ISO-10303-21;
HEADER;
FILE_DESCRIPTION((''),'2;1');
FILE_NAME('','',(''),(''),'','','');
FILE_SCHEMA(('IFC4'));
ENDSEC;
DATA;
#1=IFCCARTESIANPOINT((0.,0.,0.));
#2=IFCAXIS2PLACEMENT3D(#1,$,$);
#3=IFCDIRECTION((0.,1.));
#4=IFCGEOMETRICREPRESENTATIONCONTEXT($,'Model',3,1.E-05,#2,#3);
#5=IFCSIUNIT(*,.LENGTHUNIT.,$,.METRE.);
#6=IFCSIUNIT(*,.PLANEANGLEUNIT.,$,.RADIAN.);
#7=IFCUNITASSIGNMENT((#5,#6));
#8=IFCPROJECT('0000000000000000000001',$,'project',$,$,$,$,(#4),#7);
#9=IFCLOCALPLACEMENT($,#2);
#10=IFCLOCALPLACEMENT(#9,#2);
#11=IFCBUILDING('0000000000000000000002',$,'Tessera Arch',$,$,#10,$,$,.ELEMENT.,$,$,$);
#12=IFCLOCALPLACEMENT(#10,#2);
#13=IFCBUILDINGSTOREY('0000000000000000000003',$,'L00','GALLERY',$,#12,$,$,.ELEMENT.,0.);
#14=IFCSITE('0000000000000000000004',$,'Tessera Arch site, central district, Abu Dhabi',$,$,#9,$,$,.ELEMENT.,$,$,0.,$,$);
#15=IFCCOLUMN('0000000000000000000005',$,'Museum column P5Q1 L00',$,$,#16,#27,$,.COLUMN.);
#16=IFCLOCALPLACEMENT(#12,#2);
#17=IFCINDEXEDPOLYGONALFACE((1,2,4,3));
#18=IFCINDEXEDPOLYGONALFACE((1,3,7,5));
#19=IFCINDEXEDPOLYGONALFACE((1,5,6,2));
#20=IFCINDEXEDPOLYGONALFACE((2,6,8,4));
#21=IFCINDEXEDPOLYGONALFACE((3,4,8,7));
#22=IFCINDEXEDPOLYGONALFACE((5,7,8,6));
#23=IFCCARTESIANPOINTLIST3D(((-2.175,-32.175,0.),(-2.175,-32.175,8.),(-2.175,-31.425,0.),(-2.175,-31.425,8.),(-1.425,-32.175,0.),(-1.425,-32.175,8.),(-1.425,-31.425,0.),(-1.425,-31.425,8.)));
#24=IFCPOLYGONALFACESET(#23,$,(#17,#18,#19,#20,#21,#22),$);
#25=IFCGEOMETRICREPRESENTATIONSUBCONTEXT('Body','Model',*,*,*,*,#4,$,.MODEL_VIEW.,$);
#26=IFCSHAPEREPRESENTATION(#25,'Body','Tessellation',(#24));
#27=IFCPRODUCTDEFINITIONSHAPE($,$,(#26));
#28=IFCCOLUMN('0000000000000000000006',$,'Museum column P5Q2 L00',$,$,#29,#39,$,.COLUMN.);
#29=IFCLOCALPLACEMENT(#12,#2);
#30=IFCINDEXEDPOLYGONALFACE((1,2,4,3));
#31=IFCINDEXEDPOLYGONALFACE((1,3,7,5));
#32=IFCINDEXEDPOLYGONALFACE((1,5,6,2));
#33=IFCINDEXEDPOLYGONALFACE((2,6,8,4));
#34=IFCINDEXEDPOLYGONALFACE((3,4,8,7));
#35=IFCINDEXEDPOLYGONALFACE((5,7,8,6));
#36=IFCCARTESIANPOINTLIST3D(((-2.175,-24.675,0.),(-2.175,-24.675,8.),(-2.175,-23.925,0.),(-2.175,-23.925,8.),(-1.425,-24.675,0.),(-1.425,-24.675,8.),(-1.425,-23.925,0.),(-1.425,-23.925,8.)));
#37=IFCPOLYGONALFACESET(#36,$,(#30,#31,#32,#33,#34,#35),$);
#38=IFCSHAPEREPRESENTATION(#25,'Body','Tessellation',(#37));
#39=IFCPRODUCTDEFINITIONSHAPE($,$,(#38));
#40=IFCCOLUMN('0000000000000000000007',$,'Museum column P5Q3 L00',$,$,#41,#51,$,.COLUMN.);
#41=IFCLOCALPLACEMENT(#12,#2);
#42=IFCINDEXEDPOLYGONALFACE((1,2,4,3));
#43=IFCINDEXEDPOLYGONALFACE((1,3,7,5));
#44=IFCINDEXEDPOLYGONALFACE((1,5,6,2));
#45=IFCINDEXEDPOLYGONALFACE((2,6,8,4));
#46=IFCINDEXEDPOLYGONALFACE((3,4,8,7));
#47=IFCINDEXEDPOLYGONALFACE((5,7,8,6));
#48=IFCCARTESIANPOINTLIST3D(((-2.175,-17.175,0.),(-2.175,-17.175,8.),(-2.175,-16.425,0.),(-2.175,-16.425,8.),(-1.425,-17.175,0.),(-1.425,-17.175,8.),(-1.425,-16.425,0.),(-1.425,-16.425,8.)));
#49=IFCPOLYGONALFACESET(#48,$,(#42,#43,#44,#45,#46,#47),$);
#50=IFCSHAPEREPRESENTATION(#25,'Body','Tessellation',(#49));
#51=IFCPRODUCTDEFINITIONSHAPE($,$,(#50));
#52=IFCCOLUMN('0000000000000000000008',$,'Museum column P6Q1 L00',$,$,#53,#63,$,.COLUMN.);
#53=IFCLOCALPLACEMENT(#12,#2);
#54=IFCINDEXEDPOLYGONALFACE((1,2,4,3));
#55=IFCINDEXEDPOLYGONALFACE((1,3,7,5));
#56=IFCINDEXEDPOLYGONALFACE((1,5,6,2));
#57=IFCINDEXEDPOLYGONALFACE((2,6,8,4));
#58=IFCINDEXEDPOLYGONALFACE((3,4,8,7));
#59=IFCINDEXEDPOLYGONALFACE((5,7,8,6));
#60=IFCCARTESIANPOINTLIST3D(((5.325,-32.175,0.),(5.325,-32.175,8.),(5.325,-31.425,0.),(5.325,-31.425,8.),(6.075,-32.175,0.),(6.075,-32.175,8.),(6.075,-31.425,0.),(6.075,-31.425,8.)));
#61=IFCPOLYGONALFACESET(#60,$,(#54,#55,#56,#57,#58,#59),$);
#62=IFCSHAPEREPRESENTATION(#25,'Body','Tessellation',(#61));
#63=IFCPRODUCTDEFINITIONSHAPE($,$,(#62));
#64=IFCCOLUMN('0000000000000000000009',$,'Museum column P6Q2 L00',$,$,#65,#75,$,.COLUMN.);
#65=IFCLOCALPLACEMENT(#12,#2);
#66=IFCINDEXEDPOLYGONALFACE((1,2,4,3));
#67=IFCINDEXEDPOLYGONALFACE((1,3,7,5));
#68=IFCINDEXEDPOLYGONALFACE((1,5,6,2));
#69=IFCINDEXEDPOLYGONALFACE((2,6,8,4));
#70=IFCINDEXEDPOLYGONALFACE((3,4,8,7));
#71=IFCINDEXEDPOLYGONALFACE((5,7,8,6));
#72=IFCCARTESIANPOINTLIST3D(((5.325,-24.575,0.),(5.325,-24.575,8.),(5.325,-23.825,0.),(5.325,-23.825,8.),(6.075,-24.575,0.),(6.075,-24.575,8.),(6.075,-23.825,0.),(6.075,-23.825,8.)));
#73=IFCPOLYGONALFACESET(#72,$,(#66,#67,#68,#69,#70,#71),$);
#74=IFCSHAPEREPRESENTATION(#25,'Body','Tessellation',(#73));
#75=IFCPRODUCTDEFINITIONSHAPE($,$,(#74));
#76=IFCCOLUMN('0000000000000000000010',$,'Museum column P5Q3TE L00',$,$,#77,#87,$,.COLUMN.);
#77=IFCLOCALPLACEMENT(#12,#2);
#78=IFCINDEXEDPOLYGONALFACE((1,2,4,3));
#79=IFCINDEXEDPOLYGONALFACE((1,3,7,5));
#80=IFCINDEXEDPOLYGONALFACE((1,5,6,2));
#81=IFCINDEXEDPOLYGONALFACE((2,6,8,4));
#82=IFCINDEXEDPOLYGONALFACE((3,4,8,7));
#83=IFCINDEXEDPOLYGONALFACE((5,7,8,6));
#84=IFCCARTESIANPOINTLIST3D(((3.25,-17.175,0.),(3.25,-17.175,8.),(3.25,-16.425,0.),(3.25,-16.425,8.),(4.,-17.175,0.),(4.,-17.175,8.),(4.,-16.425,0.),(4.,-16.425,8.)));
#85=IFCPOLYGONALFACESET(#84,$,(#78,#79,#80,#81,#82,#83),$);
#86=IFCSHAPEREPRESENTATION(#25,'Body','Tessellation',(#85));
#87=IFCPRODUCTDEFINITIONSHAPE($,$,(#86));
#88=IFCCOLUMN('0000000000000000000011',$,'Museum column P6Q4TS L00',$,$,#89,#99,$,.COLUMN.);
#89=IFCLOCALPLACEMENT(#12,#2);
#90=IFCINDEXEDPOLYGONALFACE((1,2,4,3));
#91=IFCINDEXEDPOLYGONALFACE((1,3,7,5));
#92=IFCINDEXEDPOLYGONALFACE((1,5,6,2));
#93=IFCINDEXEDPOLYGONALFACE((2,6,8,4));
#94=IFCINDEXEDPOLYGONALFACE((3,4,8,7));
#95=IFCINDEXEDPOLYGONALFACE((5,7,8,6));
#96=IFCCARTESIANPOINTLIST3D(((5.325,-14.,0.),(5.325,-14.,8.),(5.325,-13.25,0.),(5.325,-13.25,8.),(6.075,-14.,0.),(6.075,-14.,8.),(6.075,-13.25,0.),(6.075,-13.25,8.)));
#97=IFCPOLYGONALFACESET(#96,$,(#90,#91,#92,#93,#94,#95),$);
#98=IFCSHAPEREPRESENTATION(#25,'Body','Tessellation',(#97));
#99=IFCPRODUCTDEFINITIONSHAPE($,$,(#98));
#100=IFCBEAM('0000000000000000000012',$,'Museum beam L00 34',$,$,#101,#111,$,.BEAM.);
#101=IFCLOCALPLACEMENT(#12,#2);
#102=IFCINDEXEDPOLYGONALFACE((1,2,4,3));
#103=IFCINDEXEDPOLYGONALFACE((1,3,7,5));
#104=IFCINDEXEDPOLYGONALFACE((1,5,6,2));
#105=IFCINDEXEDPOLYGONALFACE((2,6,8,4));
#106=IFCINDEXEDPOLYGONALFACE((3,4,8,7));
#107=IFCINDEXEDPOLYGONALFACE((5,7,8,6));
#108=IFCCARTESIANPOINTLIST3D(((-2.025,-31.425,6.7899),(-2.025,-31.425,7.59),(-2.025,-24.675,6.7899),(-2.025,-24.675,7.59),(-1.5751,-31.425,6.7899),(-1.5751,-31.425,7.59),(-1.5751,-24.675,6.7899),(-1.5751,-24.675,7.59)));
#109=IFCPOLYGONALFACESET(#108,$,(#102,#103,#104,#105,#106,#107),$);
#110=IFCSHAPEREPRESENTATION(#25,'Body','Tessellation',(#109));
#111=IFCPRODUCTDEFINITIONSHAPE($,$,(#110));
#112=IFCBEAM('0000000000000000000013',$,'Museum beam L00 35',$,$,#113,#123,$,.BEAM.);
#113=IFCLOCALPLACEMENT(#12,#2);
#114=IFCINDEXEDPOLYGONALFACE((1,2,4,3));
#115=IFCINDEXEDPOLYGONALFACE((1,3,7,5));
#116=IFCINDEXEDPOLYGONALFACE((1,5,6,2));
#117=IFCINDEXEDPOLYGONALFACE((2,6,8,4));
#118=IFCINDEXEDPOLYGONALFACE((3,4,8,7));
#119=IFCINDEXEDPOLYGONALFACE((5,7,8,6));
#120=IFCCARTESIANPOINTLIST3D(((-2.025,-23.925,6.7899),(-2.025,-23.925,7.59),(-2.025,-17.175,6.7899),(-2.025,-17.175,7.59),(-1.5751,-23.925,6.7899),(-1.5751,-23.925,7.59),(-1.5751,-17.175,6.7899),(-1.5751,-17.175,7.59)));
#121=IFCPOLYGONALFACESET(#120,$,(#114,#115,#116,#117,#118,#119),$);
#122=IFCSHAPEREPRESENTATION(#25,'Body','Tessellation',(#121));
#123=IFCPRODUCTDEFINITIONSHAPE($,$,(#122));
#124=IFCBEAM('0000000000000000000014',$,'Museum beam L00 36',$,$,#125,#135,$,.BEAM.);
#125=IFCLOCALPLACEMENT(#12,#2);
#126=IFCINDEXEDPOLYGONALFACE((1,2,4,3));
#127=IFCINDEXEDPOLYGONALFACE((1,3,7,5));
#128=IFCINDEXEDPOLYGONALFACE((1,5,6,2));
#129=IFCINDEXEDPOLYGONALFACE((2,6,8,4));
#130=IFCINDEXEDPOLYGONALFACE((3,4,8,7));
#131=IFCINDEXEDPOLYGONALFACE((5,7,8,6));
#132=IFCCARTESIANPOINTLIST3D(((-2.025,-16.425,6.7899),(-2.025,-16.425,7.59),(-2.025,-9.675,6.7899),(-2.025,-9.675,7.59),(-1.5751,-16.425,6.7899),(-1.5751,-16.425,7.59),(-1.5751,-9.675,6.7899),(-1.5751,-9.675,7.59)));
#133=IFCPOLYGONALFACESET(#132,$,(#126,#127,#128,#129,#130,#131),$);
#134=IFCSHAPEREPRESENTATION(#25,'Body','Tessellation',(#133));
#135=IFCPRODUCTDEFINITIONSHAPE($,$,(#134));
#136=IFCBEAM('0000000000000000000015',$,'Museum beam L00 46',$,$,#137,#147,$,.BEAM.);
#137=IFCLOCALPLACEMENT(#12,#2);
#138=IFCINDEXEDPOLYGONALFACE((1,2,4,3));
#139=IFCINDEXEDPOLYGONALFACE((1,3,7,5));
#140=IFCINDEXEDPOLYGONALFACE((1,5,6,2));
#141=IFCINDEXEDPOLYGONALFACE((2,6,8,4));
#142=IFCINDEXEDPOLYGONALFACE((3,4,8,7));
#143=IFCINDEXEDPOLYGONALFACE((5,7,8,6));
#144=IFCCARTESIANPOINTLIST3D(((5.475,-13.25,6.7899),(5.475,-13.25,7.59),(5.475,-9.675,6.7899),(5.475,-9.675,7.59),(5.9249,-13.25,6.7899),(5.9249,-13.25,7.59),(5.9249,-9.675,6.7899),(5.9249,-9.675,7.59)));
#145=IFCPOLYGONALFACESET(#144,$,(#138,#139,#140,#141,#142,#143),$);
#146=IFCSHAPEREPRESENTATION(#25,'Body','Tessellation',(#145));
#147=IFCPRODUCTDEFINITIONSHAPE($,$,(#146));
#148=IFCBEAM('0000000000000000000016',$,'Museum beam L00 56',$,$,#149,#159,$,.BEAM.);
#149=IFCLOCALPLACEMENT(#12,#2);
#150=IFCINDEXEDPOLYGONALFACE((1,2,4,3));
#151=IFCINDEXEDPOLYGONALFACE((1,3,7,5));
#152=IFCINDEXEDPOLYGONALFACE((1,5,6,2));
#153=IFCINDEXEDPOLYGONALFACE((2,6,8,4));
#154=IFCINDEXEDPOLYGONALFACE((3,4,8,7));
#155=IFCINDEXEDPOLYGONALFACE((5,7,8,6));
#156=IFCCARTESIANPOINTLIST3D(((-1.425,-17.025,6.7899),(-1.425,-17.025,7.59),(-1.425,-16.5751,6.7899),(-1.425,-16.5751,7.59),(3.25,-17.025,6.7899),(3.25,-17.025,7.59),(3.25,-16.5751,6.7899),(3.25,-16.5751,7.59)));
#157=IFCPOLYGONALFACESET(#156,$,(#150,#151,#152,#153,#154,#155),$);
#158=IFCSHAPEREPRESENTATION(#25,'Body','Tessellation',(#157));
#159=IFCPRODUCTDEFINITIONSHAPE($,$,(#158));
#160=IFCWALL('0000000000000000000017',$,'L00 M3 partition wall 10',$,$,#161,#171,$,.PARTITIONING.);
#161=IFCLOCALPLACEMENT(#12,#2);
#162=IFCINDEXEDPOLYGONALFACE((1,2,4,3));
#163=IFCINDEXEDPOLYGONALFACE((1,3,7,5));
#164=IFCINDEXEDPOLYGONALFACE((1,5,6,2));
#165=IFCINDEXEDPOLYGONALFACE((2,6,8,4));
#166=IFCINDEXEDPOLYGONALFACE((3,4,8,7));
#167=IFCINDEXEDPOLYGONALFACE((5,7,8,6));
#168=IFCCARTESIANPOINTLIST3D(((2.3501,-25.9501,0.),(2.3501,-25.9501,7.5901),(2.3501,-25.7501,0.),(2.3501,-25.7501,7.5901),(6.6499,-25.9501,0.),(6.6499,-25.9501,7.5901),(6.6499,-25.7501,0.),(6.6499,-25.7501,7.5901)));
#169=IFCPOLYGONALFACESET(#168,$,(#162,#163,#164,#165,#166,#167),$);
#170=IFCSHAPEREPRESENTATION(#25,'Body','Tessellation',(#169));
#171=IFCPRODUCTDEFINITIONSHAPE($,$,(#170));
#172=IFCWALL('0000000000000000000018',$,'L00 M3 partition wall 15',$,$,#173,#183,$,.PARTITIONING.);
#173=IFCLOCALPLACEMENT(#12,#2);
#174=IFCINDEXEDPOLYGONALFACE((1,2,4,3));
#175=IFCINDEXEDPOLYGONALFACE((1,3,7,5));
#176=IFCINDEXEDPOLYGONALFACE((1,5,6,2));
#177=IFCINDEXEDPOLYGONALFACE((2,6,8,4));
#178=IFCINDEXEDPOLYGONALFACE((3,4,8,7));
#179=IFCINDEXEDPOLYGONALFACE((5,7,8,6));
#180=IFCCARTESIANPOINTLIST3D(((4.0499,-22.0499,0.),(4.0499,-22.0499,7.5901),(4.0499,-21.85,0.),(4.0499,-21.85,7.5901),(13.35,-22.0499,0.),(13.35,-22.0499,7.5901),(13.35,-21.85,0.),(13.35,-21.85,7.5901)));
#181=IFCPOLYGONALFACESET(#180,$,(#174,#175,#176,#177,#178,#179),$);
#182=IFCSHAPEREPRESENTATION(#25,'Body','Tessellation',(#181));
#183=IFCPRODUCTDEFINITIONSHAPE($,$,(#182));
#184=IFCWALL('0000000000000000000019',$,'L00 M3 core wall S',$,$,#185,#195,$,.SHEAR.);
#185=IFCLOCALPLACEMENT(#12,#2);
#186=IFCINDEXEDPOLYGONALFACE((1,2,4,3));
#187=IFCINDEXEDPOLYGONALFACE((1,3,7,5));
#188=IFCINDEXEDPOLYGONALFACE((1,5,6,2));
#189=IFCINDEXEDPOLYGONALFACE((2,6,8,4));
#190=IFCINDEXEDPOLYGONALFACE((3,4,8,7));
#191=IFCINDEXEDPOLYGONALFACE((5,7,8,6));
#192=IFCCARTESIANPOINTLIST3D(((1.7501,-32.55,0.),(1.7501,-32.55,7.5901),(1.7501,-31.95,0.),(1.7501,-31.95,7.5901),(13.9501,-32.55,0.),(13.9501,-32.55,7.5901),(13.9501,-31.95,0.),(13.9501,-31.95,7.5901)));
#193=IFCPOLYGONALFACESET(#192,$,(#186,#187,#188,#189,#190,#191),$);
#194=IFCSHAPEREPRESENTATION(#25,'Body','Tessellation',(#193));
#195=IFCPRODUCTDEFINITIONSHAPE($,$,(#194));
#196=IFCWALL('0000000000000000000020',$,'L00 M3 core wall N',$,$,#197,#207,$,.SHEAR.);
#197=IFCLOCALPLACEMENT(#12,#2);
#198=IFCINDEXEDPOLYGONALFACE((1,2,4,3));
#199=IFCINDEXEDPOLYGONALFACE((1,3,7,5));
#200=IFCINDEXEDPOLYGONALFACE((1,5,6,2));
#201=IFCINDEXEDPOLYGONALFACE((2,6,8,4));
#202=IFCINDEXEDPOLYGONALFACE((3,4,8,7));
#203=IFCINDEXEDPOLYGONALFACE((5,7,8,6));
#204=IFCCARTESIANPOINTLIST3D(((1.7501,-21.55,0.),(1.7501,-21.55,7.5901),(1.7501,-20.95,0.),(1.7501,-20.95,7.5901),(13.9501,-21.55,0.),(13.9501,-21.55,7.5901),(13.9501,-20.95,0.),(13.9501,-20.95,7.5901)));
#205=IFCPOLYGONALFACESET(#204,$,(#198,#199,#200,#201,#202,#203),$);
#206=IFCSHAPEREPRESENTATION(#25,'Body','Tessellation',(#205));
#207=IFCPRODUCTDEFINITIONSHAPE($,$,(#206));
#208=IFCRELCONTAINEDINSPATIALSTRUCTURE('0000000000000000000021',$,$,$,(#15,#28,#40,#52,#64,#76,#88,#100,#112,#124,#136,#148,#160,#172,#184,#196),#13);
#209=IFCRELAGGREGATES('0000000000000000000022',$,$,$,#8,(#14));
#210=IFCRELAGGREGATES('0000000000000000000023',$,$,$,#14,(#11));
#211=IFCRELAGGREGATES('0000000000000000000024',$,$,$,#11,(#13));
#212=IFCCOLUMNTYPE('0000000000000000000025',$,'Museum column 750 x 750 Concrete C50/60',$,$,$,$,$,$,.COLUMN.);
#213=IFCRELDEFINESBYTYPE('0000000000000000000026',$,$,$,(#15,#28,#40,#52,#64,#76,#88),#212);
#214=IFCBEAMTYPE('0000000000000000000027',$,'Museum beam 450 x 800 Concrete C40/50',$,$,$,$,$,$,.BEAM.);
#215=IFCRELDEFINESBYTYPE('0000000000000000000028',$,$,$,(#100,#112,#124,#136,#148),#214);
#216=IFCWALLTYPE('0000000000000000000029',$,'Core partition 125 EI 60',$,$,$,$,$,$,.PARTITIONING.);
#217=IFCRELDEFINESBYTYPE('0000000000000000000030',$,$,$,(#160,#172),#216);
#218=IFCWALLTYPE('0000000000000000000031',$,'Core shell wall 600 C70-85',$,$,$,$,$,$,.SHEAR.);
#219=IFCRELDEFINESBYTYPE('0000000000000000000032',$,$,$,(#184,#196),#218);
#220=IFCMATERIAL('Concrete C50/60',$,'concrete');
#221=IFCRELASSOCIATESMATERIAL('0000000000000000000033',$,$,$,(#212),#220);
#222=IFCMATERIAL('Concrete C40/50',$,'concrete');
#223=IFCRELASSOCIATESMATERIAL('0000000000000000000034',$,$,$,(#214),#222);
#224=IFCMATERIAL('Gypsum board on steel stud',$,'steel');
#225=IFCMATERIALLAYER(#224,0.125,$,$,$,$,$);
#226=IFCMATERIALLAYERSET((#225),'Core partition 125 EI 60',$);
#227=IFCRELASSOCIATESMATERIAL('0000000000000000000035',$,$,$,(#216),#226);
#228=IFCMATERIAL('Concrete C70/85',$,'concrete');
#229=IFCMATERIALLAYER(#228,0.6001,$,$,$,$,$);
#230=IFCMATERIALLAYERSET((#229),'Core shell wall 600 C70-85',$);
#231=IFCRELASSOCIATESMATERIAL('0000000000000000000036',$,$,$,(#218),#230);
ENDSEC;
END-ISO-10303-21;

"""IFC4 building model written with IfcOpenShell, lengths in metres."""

from ifc_helpers import new_model, si_unit, direction, frame, frame_2d, origin, origin_2d, place, context, subcontext, project, spatial, rectangle, extrude, material, layer, layer_set, material_profile, profile_set, type_object, element, save


model = new_model("IFC4")

# Units and contexts
model_context = context("Model", 3, precision=1e-05, world=origin(), true_north=direction((0.0, 1.0)))
body_context = subcontext(model_context, "Body", "Model", "MODEL_VIEW")
ifc_project = project(units=[si_unit("LENGTHUNIT", "METRE"), si_unit("PLANEANGLEUNIT", "RADIAN")], contexts=[model_context])

# Site, building, storey
site_placement = place(None, origin())
site = spatial("IfcSite", under=ifc_project, at=site_placement, Name="Tessera Arch site, central district, Abu Dhabi", CompositionType="ELEMENT", RefElevation=0.0)
building_placement = place(site_placement, origin())
building = spatial("IfcBuilding", under=site, at=building_placement, Name="Tessera Arch", CompositionType="ELEMENT")
storey_placement = place(building_placement, origin())
storey = spatial("IfcBuildingStorey", under=building, at=storey_placement, Name="L00", Description="GALLERY", CompositionType="ELEMENT", Elevation=0.0)

# Columns
ifc_material_1 = material(Name="Concrete C50/60", Category="concrete")
ifc_material_profile_1 = material_profile(ifc_material_1, rectangle(XDim=0.75, YDim=0.75, at=origin_2d()), Name="Museum column 750 x 750 Concrete C50/60")
ifc_profile_set_1 = profile_set([ifc_material_profile_1], Name="Concrete C50/60")
column_type = type_object("IfcColumnType", Name="Museum column 750 x 750 Concrete C50/60", PredefinedType="COLUMN", material=ifc_profile_set_1)
for number, where, z_axis, x_axis, name in (
    (1, (-1.8, -31.8, 0.0), (0.0, 0.0, 1.0), (1.0, 0.0, 0.0), "Museum column P5Q1 L00"),
    (2, (-1.8, -24.3, 0.0), (0.0, 0.0, 1.0), (1.0, 0.0, 0.0), "Museum column P5Q2 L00"),
    (3, (-1.8, -16.8, 0.0), (0.0, 0.0, 1.0), (1.0, 0.0, 0.0), "Museum column P5Q3 L00"),
    (4, (5.7, -31.8, 0.0), (0.0, 0.0, 1.0), (1.0, 0.0, 0.0), "Museum column P6Q1 L00"),
    (5, (5.7, -24.2, 0.0), (0.0, 0.0, 1.0), (1.0, 0.0, 0.0), "Museum column P6Q2 L00"),
    (6, (3.625, -16.8, 0.0), (0.0, 0.0, 1.0), (1.0, 0.0, 0.0), "Museum column P5Q3TE L00"),
    (7, (5.7, -13.625, 0.0), (0.0, 0.0, 1.0), (1.0, 0.0, 0.0), "Museum column P6Q4TS L00"),
):
    element("IfcColumn", number, at=place(storey_placement, frame(where, z_axis=z_axis, x_axis=x_axis)), inside=storey, type_object=column_type, Name=name, PredefinedType="COLUMN", context=body_context, shape_type="SweptSolid", body=[
        extrude(rectangle(XDim=0.75, YDim=0.75, at=origin_2d()), origin(), (0.0, 0.0, 1.0), 8.0),
    ])

# Beams
ifc_material_2 = material(Name="Concrete C40/50", Category="concrete")
ifc_material_profile_2 = material_profile(ifc_material_2, rectangle(XDim=0.45, YDim=0.8, at=origin_2d()), Name="Museum beam 450 x 800 Concrete C40/50")
ifc_profile_set_2 = profile_set([ifc_material_profile_2], Name="Concrete C40/50")
beam_type = type_object("IfcBeamType", Name="Museum beam 450 x 800 Concrete C40/50", PredefinedType="BEAM", material=ifc_profile_set_2)
for number, where, z_axis, x_axis, name in (
    (8, (-1.8, -31.425, 7.1899), (0.0, 1.0, 0.0), (-1.0, 0.0, 0.0), "Museum beam L00 34"),
    (9, (-1.8, -23.925, 7.1899), (0.0, 1.0, 0.0), (-1.0, 0.0, 0.0), "Museum beam L00 35"),
    (10, (-1.8, -16.425, 7.1899), (0.0, 1.0, 0.0), (-1.0, 0.0, 0.0), "Museum beam L00 36"),
):
    element("IfcBeam", number, at=place(storey_placement, frame(where, z_axis=z_axis, x_axis=x_axis)), inside=storey, type_object=beam_type, Name=name, PredefinedType="BEAM", context=body_context, shape_type="SweptSolid", body=[
        extrude(rectangle(XDim=0.45, YDim=0.8, at=origin_2d()), origin(), (0.0, 0.0, 1.0), 6.75),
    ])
beam_1_placement = place(storey_placement, frame((5.7, -13.25, 7.1899), z_axis=(0.0, 1.0, 0.0), x_axis=(-1.0, 0.0, 0.0)))
element("IfcBeam", 11, at=beam_1_placement, inside=storey, type_object=beam_type, Name="Museum beam L00 46", PredefinedType="BEAM", context=body_context, shape_type="SweptSolid", body=[
    extrude(rectangle(XDim=0.45, YDim=0.8, at=origin_2d()), origin(), (0.0, 0.0, 1.0), 3.575),
])
beam_2_placement = place(storey_placement, frame((-1.425, -16.8, 7.1899), z_axis=(1.0, 0.0, 0.0), x_axis=(0.0, 1.0, 0.0)))
element("IfcBeam", 12, at=beam_2_placement, inside=storey, type_object=beam_type, Name="Museum beam L00 56", PredefinedType="BEAM", context=body_context, shape_type="SweptSolid", body=[
    extrude(rectangle(XDim=0.45, YDim=0.8, at=origin_2d()), origin(), (0.0, 0.0, 1.0), 4.675),
])

# Walls
ifc_material_3 = material(Name="Gypsum board on steel stud", Category="steel")
ifc_layer_1 = layer(ifc_material_3, 0.125)
ifc_layer_set_1 = layer_set([ifc_layer_1], Name="Core partition 125 EI 60")
wall_type_1 = type_object("IfcWallType", Name="Core partition 125 EI 60", PredefinedType="PARTITIONING", material=ifc_layer_set_1)
wall_1_placement = place(storey_placement, frame((2.3501, -25.8501, 0.0), z_axis=(0.0, 0.0, 1.0), x_axis=(1.0, 0.0, 0.0)))
element("IfcWall", 13, at=wall_1_placement, inside=storey, type_object=wall_type_1, Name="L00 M3 partition wall 10", PredefinedType="PARTITIONING", context=body_context, shape_type="SweptSolid", body=[
    extrude(rectangle(XDim=4.2998, YDim=0.2, at=frame_2d((2.1499, 0.0))), origin(), (0.0, 0.0, 1.0), 7.5901),
])
wall_2_placement = place(storey_placement, frame((4.05, -21.95, 0.0), z_axis=(0.0, 0.0, 1.0), x_axis=(1.0, 0.0, 0.0)))
element("IfcWall", 14, at=wall_2_placement, inside=storey, type_object=wall_type_1, Name="L00 M3 partition wall 15", PredefinedType="PARTITIONING", context=body_context, shape_type="SweptSolid", body=[
    extrude(rectangle(XDim=9.3, YDim=0.2, at=frame_2d((4.6499, 0.0))), origin(), (0.0, 0.0, 1.0), 7.5901),
])
ifc_material_4 = material(Name="Concrete C70/85", Category="concrete")
ifc_layer_2 = layer(ifc_material_4, 0.6001)
ifc_layer_set_2 = layer_set([ifc_layer_2], Name="Core shell wall 600 C70-85")
wall_type_2 = type_object("IfcWallType", Name="Core shell wall 600 C70-85", PredefinedType="SHEAR", material=ifc_layer_set_2)
for number, where, z_axis, x_axis, name in (
    (15, (1.75, -32.25, 0.0), (0.0, 0.0, 1.0), (1.0, 0.0, 0.0), "L00 M3 core wall S"),
    (16, (1.75, -21.25, 0.0), (0.0, 0.0, 1.0), (1.0, 0.0, 0.0), "L00 M3 core wall N"),
):
    element("IfcWall", number, at=place(storey_placement, frame(where, z_axis=z_axis, x_axis=x_axis)), inside=storey, type_object=wall_type_2, Name=name, PredefinedType="SHEAR", context=body_context, shape_type="SweptSolid", body=[
        extrude(rectangle(XDim=12.2, YDim=0.6001, at=frame_2d((6.1001, 0.0))), origin(), (0.0, 0.0, 1.0), 7.5901),
    ])

save(model, "model.ifc")
